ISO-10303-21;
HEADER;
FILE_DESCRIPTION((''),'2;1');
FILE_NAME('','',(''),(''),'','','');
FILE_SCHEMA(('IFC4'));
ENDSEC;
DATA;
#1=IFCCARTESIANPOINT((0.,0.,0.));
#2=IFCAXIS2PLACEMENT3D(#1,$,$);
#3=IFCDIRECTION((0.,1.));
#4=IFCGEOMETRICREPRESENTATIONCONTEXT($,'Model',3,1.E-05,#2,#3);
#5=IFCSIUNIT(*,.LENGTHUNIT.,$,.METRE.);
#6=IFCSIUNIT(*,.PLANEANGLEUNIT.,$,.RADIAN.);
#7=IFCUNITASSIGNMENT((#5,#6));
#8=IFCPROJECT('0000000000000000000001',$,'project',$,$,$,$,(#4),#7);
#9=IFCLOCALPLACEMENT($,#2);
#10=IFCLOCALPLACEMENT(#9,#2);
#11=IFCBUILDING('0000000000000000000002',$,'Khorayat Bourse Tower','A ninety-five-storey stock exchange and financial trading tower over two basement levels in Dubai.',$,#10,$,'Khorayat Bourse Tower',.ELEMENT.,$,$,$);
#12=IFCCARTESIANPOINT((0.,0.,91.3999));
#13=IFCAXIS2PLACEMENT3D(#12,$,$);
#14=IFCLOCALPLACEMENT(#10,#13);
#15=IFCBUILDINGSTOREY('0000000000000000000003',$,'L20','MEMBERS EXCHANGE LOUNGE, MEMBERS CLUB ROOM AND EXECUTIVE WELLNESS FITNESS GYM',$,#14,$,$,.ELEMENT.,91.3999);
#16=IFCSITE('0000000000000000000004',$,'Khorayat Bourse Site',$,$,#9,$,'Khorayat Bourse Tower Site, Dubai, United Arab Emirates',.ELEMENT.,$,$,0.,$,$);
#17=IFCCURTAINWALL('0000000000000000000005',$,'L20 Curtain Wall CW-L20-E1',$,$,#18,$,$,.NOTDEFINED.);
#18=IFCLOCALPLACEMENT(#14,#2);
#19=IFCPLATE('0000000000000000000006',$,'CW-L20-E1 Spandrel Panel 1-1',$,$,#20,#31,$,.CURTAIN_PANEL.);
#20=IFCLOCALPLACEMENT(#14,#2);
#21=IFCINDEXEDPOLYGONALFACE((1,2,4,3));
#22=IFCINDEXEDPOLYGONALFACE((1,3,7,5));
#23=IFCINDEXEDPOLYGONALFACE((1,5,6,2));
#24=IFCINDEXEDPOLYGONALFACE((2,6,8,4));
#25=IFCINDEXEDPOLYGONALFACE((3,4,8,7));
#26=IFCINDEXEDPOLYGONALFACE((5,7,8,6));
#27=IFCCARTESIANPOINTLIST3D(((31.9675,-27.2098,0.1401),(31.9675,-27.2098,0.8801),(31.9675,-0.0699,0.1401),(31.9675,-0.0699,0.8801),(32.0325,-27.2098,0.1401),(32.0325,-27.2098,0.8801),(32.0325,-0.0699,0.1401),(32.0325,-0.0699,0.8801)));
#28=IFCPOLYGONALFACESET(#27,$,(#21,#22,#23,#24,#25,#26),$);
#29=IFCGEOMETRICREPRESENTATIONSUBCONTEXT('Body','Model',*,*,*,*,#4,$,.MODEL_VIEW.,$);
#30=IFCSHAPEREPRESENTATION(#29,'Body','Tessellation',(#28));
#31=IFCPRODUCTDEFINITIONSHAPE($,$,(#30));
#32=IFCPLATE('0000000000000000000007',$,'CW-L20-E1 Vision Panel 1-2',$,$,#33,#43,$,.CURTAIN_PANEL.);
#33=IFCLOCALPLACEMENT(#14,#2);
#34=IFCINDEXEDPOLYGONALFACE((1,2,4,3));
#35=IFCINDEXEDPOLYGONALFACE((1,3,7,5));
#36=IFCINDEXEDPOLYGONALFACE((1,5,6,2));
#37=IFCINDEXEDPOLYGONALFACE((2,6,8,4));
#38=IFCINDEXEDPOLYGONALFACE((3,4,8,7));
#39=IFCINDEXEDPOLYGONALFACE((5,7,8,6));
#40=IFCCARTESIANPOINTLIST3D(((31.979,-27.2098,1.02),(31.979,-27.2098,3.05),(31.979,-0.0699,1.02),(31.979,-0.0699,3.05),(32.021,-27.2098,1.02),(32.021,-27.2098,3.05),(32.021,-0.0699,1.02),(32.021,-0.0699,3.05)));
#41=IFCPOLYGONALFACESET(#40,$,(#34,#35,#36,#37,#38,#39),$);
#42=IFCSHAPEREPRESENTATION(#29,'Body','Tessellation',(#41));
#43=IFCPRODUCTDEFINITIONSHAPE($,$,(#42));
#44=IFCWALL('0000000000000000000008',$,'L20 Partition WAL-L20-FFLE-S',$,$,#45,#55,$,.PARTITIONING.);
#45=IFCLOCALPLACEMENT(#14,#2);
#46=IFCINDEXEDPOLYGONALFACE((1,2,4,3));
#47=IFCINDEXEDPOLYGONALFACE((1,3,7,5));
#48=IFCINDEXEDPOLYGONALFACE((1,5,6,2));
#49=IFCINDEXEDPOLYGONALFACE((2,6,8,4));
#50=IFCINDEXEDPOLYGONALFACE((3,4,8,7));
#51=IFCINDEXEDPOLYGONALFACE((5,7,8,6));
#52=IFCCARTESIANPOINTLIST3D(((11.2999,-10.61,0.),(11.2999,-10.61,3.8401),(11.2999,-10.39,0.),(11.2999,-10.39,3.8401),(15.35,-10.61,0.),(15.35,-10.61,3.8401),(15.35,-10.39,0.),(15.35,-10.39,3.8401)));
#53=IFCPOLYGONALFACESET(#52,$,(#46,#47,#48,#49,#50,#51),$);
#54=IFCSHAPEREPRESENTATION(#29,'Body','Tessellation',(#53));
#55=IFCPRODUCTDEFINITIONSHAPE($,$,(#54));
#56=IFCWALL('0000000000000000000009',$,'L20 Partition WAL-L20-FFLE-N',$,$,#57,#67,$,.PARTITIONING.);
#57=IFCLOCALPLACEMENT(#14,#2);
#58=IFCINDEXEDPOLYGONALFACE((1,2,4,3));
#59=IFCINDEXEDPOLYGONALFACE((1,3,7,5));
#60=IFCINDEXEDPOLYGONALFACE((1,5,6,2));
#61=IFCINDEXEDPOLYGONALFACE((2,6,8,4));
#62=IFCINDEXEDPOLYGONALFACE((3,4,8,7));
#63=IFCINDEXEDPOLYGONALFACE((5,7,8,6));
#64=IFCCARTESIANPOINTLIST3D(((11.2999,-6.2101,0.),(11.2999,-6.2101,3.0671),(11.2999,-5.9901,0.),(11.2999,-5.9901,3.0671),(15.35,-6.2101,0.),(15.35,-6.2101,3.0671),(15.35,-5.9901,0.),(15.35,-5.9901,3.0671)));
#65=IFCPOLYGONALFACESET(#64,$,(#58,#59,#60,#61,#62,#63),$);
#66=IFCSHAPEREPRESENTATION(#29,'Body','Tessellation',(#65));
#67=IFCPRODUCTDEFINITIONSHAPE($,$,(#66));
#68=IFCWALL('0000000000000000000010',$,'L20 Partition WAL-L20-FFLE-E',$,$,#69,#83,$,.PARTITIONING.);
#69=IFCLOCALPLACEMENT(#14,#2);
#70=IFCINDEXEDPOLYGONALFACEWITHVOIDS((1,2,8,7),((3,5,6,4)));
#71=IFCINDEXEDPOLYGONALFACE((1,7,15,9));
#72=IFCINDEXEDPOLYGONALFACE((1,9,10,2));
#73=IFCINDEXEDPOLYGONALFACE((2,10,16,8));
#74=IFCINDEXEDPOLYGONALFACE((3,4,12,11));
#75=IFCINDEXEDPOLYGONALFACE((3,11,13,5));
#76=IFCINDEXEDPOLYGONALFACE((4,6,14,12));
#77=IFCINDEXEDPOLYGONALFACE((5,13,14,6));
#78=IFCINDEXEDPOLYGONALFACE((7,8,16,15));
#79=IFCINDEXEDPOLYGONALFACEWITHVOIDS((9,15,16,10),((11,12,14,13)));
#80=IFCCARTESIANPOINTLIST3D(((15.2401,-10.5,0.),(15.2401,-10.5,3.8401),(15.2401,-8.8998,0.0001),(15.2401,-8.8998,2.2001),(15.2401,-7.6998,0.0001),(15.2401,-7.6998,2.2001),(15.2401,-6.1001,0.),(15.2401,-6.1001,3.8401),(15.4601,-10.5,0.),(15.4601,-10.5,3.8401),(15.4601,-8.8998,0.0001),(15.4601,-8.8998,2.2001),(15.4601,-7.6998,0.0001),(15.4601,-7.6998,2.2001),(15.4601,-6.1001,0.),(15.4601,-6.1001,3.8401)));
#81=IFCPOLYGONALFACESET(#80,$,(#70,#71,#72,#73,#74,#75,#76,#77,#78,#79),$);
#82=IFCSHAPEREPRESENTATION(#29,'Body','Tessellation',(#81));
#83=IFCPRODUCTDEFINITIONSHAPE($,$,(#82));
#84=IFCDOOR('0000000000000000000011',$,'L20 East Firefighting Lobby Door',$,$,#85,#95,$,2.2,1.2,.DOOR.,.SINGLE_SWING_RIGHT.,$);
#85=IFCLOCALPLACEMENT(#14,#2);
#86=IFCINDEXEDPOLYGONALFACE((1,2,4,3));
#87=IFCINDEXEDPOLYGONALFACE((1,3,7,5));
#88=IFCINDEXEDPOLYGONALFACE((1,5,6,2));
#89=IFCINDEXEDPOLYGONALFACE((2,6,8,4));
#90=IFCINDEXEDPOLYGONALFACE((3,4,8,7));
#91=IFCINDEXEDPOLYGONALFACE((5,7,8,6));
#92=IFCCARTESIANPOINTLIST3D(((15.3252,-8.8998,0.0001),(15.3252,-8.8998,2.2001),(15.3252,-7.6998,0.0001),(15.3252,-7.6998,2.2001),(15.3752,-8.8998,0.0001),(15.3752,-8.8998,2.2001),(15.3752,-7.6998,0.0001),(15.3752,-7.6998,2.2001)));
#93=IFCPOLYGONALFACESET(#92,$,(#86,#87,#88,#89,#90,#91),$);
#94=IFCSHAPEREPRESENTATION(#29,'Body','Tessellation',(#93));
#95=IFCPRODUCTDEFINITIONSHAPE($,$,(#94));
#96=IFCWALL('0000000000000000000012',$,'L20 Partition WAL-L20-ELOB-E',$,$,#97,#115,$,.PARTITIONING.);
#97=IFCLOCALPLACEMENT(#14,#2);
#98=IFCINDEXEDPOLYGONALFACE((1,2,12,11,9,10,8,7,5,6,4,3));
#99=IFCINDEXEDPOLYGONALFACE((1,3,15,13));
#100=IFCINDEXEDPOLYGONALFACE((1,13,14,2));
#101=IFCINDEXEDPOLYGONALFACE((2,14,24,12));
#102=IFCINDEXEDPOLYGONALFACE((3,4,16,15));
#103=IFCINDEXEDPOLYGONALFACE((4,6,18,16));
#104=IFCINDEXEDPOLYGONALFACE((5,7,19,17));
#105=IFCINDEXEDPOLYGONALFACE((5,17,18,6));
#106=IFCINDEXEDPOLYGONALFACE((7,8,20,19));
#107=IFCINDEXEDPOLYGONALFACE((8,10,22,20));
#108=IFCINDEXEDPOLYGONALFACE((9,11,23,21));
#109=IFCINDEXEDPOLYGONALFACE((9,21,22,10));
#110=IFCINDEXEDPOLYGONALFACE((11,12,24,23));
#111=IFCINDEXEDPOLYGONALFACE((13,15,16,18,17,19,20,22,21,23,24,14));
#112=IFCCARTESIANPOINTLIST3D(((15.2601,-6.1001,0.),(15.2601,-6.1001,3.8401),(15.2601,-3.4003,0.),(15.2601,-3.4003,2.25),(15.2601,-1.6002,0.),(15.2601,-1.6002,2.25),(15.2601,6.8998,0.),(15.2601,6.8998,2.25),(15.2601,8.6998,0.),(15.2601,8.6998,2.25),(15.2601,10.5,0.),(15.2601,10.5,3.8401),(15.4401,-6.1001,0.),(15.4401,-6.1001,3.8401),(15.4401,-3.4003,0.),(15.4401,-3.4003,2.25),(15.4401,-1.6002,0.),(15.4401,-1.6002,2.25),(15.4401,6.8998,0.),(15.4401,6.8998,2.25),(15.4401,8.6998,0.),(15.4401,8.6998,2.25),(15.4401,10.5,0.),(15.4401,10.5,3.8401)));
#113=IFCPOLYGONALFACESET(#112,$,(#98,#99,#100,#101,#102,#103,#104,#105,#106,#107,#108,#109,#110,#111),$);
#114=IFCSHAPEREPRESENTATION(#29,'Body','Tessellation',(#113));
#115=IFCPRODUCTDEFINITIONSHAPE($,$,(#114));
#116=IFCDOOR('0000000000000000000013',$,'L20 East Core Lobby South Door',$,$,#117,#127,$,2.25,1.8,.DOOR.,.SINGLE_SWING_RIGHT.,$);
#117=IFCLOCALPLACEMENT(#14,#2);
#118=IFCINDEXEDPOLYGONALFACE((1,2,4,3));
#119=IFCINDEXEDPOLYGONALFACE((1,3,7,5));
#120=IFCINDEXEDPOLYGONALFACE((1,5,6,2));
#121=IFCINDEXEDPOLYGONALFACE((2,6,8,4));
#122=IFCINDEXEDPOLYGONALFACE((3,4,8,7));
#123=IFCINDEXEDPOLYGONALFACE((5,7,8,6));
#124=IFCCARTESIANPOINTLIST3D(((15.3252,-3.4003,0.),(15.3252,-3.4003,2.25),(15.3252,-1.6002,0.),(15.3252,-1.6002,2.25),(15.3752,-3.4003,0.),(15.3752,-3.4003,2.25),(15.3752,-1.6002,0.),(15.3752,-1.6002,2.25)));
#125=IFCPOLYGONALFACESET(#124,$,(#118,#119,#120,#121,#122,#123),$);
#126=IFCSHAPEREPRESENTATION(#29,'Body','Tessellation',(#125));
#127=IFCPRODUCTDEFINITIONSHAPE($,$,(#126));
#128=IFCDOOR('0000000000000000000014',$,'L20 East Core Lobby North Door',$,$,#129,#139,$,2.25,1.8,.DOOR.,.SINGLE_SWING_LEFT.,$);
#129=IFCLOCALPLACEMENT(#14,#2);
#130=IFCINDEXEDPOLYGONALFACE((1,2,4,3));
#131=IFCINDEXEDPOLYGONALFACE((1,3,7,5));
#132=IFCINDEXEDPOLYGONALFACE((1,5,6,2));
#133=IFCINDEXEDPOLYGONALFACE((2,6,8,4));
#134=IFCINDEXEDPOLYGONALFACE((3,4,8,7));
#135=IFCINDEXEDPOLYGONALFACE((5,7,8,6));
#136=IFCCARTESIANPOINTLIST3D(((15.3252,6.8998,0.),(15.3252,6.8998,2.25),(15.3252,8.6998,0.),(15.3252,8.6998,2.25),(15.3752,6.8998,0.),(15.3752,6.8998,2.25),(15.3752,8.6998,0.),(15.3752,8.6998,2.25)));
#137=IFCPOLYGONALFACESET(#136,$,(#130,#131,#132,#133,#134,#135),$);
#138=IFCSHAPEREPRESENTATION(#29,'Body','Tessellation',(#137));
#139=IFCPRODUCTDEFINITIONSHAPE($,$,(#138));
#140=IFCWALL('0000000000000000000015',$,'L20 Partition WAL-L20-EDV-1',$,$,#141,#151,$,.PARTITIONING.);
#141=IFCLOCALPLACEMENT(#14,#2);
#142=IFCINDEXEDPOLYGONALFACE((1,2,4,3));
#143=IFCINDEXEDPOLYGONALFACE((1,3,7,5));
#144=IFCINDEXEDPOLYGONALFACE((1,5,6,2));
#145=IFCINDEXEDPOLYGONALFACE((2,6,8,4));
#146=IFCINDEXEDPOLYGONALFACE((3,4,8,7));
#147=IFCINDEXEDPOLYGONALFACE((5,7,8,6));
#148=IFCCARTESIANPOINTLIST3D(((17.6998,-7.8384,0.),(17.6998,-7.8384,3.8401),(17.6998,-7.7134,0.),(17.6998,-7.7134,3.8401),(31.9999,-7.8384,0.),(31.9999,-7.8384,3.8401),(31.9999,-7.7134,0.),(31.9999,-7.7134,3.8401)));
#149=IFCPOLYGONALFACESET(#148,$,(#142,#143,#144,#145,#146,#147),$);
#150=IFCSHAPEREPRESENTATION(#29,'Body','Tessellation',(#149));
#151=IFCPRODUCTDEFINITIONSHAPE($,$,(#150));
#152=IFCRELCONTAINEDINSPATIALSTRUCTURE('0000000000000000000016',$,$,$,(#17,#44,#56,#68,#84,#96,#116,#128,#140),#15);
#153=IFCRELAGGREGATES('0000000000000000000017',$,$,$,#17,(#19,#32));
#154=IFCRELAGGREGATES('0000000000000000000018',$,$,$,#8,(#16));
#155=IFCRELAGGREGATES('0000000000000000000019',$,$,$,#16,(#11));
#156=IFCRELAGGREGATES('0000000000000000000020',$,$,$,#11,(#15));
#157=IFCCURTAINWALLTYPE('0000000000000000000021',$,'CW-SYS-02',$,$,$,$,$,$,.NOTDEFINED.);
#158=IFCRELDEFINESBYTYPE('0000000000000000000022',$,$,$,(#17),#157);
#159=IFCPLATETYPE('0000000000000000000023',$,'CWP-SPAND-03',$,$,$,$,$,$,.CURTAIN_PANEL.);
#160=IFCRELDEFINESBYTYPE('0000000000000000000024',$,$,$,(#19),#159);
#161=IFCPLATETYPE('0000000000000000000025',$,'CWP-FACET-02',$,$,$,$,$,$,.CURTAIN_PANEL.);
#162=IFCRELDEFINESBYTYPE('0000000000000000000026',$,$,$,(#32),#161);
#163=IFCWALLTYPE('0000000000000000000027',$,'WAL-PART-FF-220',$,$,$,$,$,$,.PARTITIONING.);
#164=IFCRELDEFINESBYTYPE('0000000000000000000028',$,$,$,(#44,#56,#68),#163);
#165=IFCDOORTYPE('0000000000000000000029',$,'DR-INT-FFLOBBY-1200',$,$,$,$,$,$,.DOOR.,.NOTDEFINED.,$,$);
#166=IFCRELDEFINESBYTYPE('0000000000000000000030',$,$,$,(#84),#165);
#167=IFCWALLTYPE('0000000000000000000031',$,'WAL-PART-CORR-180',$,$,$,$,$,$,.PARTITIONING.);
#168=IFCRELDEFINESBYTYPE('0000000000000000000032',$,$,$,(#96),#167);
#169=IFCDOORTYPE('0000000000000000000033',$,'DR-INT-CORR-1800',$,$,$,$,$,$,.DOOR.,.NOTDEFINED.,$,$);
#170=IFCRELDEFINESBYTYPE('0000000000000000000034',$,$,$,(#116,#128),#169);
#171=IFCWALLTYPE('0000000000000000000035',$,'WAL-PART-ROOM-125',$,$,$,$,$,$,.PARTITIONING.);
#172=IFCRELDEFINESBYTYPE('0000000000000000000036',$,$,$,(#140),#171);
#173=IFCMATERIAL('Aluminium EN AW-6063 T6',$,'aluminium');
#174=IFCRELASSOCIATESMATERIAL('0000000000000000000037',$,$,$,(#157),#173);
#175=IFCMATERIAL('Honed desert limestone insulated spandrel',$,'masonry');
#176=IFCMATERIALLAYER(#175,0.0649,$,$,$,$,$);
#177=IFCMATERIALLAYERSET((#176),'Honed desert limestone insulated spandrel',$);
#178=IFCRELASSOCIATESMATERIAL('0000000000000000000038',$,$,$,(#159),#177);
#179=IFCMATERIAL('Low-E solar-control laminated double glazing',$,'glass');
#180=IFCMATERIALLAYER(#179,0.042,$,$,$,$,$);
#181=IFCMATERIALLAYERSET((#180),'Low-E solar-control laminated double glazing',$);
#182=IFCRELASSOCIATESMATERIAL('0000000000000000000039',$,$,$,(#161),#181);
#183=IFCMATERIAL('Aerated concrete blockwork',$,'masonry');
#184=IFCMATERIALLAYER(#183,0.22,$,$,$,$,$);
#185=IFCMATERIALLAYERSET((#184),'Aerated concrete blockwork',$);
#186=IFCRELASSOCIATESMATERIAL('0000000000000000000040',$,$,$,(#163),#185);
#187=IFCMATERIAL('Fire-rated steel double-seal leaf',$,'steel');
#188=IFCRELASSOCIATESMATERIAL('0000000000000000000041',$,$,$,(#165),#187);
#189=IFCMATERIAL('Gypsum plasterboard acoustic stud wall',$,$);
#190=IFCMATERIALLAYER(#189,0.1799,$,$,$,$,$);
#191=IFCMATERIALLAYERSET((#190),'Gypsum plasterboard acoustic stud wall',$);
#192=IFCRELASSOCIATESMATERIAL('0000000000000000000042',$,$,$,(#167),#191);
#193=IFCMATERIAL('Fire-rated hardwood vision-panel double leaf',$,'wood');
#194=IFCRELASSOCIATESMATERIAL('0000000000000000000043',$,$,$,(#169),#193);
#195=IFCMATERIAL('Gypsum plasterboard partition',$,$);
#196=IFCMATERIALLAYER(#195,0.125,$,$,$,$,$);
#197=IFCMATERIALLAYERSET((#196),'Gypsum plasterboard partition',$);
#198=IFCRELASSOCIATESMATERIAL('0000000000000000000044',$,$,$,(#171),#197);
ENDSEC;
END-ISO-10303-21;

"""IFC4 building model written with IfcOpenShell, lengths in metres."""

from ifc_helpers import new_model, si_unit, direction, frame, frame_2d, origin, origin_2d, place, context, subcontext, project, spatial, rectangle, extrude, source, transform, mapped, material, layer, layer_set, type_object, element, fill, aggregate, save


model = new_model("IFC4")

# Units and contexts
model_context = context("Model", 3, precision=1e-05, world=origin(), true_north=direction((0.0, 1.0)))
body_context = subcontext(model_context, "Body", "Model", "MODEL_VIEW")
ifc_project = project(units=[si_unit("LENGTHUNIT", "METRE"), si_unit("PLANEANGLEUNIT", "RADIAN")], contexts=[model_context])

# Site, building, storey
site_placement = place(None, origin())
site = spatial("IfcSite", under=ifc_project, at=site_placement, Name="Khorayat Bourse Site", LongName="Khorayat Bourse Tower Site, Dubai, United Arab Emirates", CompositionType="ELEMENT", RefElevation=0.0)
building_placement = place(site_placement, origin())
building = spatial("IfcBuilding", under=site, at=building_placement, Name="Khorayat Bourse Tower", Description="A ninety-five-storey stock exchange and financial trading tower over two basement levels in Dubai.", LongName="Khorayat Bourse Tower", CompositionType="ELEMENT")
storey_placement = place(building_placement, frame((0.0, 0.0, 91.3999)))
storey = spatial("IfcBuildingStorey", under=building, at=storey_placement, Name="L20", Description="MEMBERS EXCHANGE LOUNGE, MEMBERS CLUB ROOM AND EXECUTIVE WELLNESS FITNESS GYM", CompositionType="ELEMENT", Elevation=91.3999)

# Curtain wall
ifc_material_1 = material(Name="Aluminium EN AW-6063 T6", Category="aluminium")
curtain_wall_type = type_object("IfcCurtainWallType", Name="CW-SYS-02", PredefinedType="NOTDEFINED", material=ifc_material_1)
curtain_wall_placement = place(storey_placement, origin())
curtain_wall = element("IfcCurtainWall", 1, at=curtain_wall_placement, inside=storey, type_object=curtain_wall_type, Name="L20 Curtain Wall CW-L20-E1", PredefinedType="NOTDEFINED")

# Plates
ifc_material_2 = material(Name="Honed desert limestone insulated spandrel", Category="masonry")
ifc_layer_1 = layer(ifc_material_2, 0.0649)
ifc_layer_set_1 = layer_set([ifc_layer_1], Name="Honed desert limestone insulated spandrel")
plate_type_1 = type_object("IfcPlateType", Name="CWP-SPAND-03", PredefinedType="CURTAIN_PANEL", material=ifc_layer_set_1)
shared_shape_1 = source(origin(), body_context, "Body", "SweptSolid", [
    extrude(rectangle(XDim=27.1399, YDim=0.0649, at=origin_2d()), origin(), (0.0, 0.0, 1.0), 0.74),
])
plate_1_placement = place(storey_placement, frame((32.0, -13.6399, 0.1401), z_axis=(0.0, 0.0, 1.0), x_axis=(0.0, 1.0, 0.0)))
plate_1 = element("IfcPlate", 2, at=plate_1_placement, type_object=plate_type_1, Name="CW-L20-E1 Spandrel Panel 1-1", PredefinedType="CURTAIN_PANEL", context=body_context, shape_type="MappedRepresentation", body=[
    mapped(shared_shape_1, transform((0.0, 0.0, 0.0), scale=1.0)),
])
ifc_material_3 = material(Name="Low-E solar-control laminated double glazing", Category="glass")
ifc_layer_2 = layer(ifc_material_3, 0.042)
ifc_layer_set_2 = layer_set([ifc_layer_2], Name="Low-E solar-control laminated double glazing")
plate_type_2 = type_object("IfcPlateType", Name="CWP-FACET-02", PredefinedType="CURTAIN_PANEL", material=ifc_layer_set_2)
shared_shape_2 = source(origin(), body_context, "Body", "SweptSolid", [
    extrude(rectangle(XDim=27.1399, YDim=0.042, at=origin_2d()), origin(), (0.0, 0.0, 1.0), 2.03),
])
plate_2_placement = place(storey_placement, frame((32.0, -13.6399, 1.02), z_axis=(0.0, 0.0, 1.0), x_axis=(0.0, 1.0, 0.0)))
plate_2 = element("IfcPlate", 3, at=plate_2_placement, type_object=plate_type_2, Name="CW-L20-E1 Vision Panel 1-2", PredefinedType="CURTAIN_PANEL", context=body_context, shape_type="MappedRepresentation", body=[
    mapped(shared_shape_2, transform((0.0, 0.0, 0.0), scale=1.0)),
])
aggregate(curtain_wall, [plate_1, plate_2])

# Walls
ifc_material_4 = material(Name="Aerated concrete blockwork", Category="masonry")
ifc_layer_3 = layer(ifc_material_4, 0.22)
ifc_layer_set_3 = layer_set([ifc_layer_3], Name="Aerated concrete blockwork")
wall_type_1 = type_object("IfcWallType", Name="WAL-PART-FF-220", PredefinedType="PARTITIONING", material=ifc_layer_set_3)
shared_shape_3 = source(origin(), body_context, "Body", "SweptSolid", [
    extrude(rectangle(XDim=4.05, YDim=0.22, at=frame_2d((2.0249, 0.0))), origin(), (0.0, 0.0, 1.0), 3.8401),
])
wall_1_placement = place(storey_placement, frame((11.3, -10.5, 0.0), z_axis=(0.0, 0.0, 1.0), x_axis=(1.0, 0.0, 0.0)))
element("IfcWall", 4, at=wall_1_placement, inside=storey, type_object=wall_type_1, Name="L20 Partition WAL-L20-FFLE-S", PredefinedType="PARTITIONING", context=body_context, shape_type="MappedRepresentation", body=[
    mapped(shared_shape_3, transform((0.0, 0.0, 0.0), scale=1.0)),
])
shared_shape_4 = source(origin(), body_context, "Body", "SweptSolid", [
    extrude(rectangle(XDim=4.05, YDim=0.22, at=frame_2d((2.0249, 0.0))), origin(), (0.0, 0.0, 1.0), 3.0671),
])
wall_2_placement = place(storey_placement, frame((11.3, -6.1001, 0.0), z_axis=(0.0, 0.0, 1.0), x_axis=(1.0, 0.0, 0.0)))
element("IfcWall", 5, at=wall_2_placement, inside=storey, type_object=wall_type_1, Name="L20 Partition WAL-L20-FFLE-N", PredefinedType="PARTITIONING", context=body_context, shape_type="MappedRepresentation", body=[
    mapped(shared_shape_4, transform((0.0, 0.0, 0.0), scale=1.0)),
])

# Wall, opening, door
shared_shape_5 = source(origin(), body_context, "Body", "SweptSolid", [
    extrude(rectangle(XDim=4.3999, YDim=0.22, at=frame_2d((2.2, 0.0))), origin(), (0.0, 0.0, 1.0), 3.8401),
])
wall_3_placement = place(storey_placement, frame((15.3501, -10.5, 0.0), z_axis=(0.0, 0.0, 1.0), x_axis=(0.0, 1.0, 0.0)))
wall_3 = element("IfcWall", 6, at=wall_3_placement, inside=storey, type_object=wall_type_1, Name="L20 Partition WAL-L20-FFLE-E", PredefinedType="PARTITIONING", context=body_context, shape_type="MappedRepresentation", body=[
    mapped(shared_shape_5, transform((0.0, 0.0, 0.0), scale=1.0)),
])
shared_shape_6 = source(origin(), body_context, "Body", "SweptSolid", [
    extrude(rectangle(XDim=1.2, YDim=2.2, at=frame_2d((0.6001, 1.1001))), frame((0.0, 0.1199, 0.0), z_axis=(0.0, -1.0, 0.0), x_axis=(1.0, 0.0, 0.0)), (0.0, 0.0, 1.0), 0.24),
])
opening_1_placement = place(wall_3_placement, frame((1.6001, 0.0, 0.0)))
opening_1 = element("IfcOpeningElement", 7, at=opening_1_placement, cuts=wall_3, PredefinedType="OPENING", context=body_context, shape_type="MappedRepresentation", body=[
    mapped(shared_shape_6, transform((0.0, 0.0, 0.0), scale=1.0)),
])
ifc_material_5 = material(Name="Fire-rated steel double-seal leaf", Category="steel")
door_type_1 = type_object("IfcDoorType", Name="DR-INT-FFLOBBY-1200", OperationType="NOTDEFINED", PredefinedType="DOOR", material=ifc_material_5)
shared_shape_7 = source(origin(), body_context, "Body", "SweptSolid", [
    extrude(rectangle(XDim=1.2, YDim=2.2, at=frame_2d((0.6001, 1.1001))), frame((0.0, 0.0249, 0.0), z_axis=(0.0, -1.0, 0.0), x_axis=(1.0, 0.0, 0.0)), (0.0, 0.0, 1.0), 0.05),
])
door_1_placement = place(opening_1_placement, origin())
door_1 = element("IfcDoor", 8, at=door_1_placement, inside=storey, type_object=door_type_1, Name="L20 East Firefighting Lobby Door", OperationType="SINGLE_SWING_RIGHT", OverallHeight=2.2, OverallWidth=1.2, PredefinedType="DOOR", context=body_context, shape_type="MappedRepresentation", body=[
    mapped(shared_shape_7, transform((0.0, 0.0, 0.0), scale=1.0)),
])
fill(opening_1, door_1)

# Wall, openings, doors
ifc_material_6 = material(Name="Gypsum plasterboard acoustic stud wall")
ifc_layer_4 = layer(ifc_material_6, 0.1799)
ifc_layer_set_4 = layer_set([ifc_layer_4], Name="Gypsum plasterboard acoustic stud wall")
wall_type_2 = type_object("IfcWallType", Name="WAL-PART-CORR-180", PredefinedType="PARTITIONING", material=ifc_layer_set_4)
shared_shape_8 = source(origin(), body_context, "Body", "SweptSolid", [
    extrude(rectangle(XDim=16.6001, YDim=0.1799, at=frame_2d((8.3, 0.0))), origin(), (0.0, 0.0, 1.0), 3.8401),
])
wall_4_placement = place(storey_placement, frame((15.3501, -6.1001, 0.0), z_axis=(0.0, 0.0, 1.0), x_axis=(0.0, 1.0, 0.0)))
wall_4 = element("IfcWall", 9, at=wall_4_placement, inside=storey, type_object=wall_type_2, Name="L20 Partition WAL-L20-ELOB-E", PredefinedType="PARTITIONING", context=body_context, shape_type="MappedRepresentation", body=[
    mapped(shared_shape_8, transform((0.0, 0.0, 0.0), scale=1.0)),
])
shared_shape_9 = source(origin(), body_context, "Body", "SweptSolid", [
    extrude(rectangle(XDim=1.8, YDim=2.25, at=frame_2d((0.8999, 1.125))), frame((0.0, 0.0999, 0.0), z_axis=(0.0, -1.0, 0.0), x_axis=(1.0, 0.0, 0.0)), (0.0, 0.0, 1.0), 0.2),
])
opening_2_placement = place(wall_4_placement, frame((2.7, 0.0, 0.0)))
opening_2 = element("IfcOpeningElement", 10, at=opening_2_placement, cuts=wall_4, PredefinedType="OPENING", context=body_context, shape_type="MappedRepresentation", body=[
    mapped(shared_shape_9, transform((0.0, 0.0, 0.0), scale=1.0)),
])
opening_3_placement = place(wall_4_placement, frame((13.0, 0.0, 0.0)))
opening_3 = element("IfcOpeningElement", 11, at=opening_3_placement, cuts=wall_4, PredefinedType="OPENING", context=body_context, shape_type="MappedRepresentation", body=[
    mapped(shared_shape_9, transform((0.0, 0.0, 0.0), scale=1.0)),
])
ifc_material_7 = material(Name="Fire-rated hardwood vision-panel double leaf", Category="wood")
door_type_2 = type_object("IfcDoorType", Name="DR-INT-CORR-1800", OperationType="NOTDEFINED", PredefinedType="DOOR", material=ifc_material_7)
shared_shape_10 = source(origin(), body_context, "Body", "SweptSolid", [
    extrude(rectangle(XDim=1.8, YDim=2.25, at=frame_2d((0.8999, 1.125))), frame((0.0, 0.0249, 0.0), z_axis=(0.0, -1.0, 0.0), x_axis=(1.0, 0.0, 0.0)), (0.0, 0.0, 1.0), 0.05),
])
door_2_placement = place(opening_2_placement, origin())
door_2 = element("IfcDoor", 12, at=door_2_placement, inside=storey, type_object=door_type_2, Name="L20 East Core Lobby South Door", OperationType="SINGLE_SWING_RIGHT", OverallHeight=2.25, OverallWidth=1.8, PredefinedType="DOOR", context=body_context, shape_type="MappedRepresentation", body=[
    mapped(shared_shape_10, transform((0.0, 0.0, 0.0), scale=1.0)),
])
fill(opening_2, door_2)
door_3_placement = place(opening_3_placement, origin())
door_3 = element("IfcDoor", 13, at=door_3_placement, inside=storey, type_object=door_type_2, Name="L20 East Core Lobby North Door", OperationType="SINGLE_SWING_LEFT", OverallHeight=2.25, OverallWidth=1.8, PredefinedType="DOOR", context=body_context, shape_type="MappedRepresentation", body=[
    mapped(shared_shape_10, transform((0.0, 0.0, 0.0), scale=1.0)),
])
fill(opening_3, door_3)

# Wall
ifc_material_8 = material(Name="Gypsum plasterboard partition")
ifc_layer_5 = layer(ifc_material_8, 0.125)
ifc_layer_set_5 = layer_set([ifc_layer_5], Name="Gypsum plasterboard partition")
wall_type_3 = type_object("IfcWallType", Name="WAL-PART-ROOM-125", PredefinedType="PARTITIONING", material=ifc_layer_set_5)
shared_shape_11 = source(origin(), body_context, "Body", "SweptSolid", [
    extrude(rectangle(XDim=14.3, YDim=0.125, at=frame_2d((7.1499, 0.0))), origin(), (0.0, 0.0, 1.0), 3.8401),
])
wall_5_placement = place(storey_placement, frame((17.7, -7.7759, 0.0), z_axis=(0.0, 0.0, 1.0), x_axis=(1.0, 0.0, 0.0)))
element("IfcWall", 14, at=wall_5_placement, inside=storey, type_object=wall_type_3, Name="L20 Partition WAL-L20-EDV-1", PredefinedType="PARTITIONING", context=body_context, shape_type="MappedRepresentation", body=[
    mapped(shared_shape_11, transform((0.0, 0.0, 0.0), scale=1.0)),
])

save(model, "model.ifc")
